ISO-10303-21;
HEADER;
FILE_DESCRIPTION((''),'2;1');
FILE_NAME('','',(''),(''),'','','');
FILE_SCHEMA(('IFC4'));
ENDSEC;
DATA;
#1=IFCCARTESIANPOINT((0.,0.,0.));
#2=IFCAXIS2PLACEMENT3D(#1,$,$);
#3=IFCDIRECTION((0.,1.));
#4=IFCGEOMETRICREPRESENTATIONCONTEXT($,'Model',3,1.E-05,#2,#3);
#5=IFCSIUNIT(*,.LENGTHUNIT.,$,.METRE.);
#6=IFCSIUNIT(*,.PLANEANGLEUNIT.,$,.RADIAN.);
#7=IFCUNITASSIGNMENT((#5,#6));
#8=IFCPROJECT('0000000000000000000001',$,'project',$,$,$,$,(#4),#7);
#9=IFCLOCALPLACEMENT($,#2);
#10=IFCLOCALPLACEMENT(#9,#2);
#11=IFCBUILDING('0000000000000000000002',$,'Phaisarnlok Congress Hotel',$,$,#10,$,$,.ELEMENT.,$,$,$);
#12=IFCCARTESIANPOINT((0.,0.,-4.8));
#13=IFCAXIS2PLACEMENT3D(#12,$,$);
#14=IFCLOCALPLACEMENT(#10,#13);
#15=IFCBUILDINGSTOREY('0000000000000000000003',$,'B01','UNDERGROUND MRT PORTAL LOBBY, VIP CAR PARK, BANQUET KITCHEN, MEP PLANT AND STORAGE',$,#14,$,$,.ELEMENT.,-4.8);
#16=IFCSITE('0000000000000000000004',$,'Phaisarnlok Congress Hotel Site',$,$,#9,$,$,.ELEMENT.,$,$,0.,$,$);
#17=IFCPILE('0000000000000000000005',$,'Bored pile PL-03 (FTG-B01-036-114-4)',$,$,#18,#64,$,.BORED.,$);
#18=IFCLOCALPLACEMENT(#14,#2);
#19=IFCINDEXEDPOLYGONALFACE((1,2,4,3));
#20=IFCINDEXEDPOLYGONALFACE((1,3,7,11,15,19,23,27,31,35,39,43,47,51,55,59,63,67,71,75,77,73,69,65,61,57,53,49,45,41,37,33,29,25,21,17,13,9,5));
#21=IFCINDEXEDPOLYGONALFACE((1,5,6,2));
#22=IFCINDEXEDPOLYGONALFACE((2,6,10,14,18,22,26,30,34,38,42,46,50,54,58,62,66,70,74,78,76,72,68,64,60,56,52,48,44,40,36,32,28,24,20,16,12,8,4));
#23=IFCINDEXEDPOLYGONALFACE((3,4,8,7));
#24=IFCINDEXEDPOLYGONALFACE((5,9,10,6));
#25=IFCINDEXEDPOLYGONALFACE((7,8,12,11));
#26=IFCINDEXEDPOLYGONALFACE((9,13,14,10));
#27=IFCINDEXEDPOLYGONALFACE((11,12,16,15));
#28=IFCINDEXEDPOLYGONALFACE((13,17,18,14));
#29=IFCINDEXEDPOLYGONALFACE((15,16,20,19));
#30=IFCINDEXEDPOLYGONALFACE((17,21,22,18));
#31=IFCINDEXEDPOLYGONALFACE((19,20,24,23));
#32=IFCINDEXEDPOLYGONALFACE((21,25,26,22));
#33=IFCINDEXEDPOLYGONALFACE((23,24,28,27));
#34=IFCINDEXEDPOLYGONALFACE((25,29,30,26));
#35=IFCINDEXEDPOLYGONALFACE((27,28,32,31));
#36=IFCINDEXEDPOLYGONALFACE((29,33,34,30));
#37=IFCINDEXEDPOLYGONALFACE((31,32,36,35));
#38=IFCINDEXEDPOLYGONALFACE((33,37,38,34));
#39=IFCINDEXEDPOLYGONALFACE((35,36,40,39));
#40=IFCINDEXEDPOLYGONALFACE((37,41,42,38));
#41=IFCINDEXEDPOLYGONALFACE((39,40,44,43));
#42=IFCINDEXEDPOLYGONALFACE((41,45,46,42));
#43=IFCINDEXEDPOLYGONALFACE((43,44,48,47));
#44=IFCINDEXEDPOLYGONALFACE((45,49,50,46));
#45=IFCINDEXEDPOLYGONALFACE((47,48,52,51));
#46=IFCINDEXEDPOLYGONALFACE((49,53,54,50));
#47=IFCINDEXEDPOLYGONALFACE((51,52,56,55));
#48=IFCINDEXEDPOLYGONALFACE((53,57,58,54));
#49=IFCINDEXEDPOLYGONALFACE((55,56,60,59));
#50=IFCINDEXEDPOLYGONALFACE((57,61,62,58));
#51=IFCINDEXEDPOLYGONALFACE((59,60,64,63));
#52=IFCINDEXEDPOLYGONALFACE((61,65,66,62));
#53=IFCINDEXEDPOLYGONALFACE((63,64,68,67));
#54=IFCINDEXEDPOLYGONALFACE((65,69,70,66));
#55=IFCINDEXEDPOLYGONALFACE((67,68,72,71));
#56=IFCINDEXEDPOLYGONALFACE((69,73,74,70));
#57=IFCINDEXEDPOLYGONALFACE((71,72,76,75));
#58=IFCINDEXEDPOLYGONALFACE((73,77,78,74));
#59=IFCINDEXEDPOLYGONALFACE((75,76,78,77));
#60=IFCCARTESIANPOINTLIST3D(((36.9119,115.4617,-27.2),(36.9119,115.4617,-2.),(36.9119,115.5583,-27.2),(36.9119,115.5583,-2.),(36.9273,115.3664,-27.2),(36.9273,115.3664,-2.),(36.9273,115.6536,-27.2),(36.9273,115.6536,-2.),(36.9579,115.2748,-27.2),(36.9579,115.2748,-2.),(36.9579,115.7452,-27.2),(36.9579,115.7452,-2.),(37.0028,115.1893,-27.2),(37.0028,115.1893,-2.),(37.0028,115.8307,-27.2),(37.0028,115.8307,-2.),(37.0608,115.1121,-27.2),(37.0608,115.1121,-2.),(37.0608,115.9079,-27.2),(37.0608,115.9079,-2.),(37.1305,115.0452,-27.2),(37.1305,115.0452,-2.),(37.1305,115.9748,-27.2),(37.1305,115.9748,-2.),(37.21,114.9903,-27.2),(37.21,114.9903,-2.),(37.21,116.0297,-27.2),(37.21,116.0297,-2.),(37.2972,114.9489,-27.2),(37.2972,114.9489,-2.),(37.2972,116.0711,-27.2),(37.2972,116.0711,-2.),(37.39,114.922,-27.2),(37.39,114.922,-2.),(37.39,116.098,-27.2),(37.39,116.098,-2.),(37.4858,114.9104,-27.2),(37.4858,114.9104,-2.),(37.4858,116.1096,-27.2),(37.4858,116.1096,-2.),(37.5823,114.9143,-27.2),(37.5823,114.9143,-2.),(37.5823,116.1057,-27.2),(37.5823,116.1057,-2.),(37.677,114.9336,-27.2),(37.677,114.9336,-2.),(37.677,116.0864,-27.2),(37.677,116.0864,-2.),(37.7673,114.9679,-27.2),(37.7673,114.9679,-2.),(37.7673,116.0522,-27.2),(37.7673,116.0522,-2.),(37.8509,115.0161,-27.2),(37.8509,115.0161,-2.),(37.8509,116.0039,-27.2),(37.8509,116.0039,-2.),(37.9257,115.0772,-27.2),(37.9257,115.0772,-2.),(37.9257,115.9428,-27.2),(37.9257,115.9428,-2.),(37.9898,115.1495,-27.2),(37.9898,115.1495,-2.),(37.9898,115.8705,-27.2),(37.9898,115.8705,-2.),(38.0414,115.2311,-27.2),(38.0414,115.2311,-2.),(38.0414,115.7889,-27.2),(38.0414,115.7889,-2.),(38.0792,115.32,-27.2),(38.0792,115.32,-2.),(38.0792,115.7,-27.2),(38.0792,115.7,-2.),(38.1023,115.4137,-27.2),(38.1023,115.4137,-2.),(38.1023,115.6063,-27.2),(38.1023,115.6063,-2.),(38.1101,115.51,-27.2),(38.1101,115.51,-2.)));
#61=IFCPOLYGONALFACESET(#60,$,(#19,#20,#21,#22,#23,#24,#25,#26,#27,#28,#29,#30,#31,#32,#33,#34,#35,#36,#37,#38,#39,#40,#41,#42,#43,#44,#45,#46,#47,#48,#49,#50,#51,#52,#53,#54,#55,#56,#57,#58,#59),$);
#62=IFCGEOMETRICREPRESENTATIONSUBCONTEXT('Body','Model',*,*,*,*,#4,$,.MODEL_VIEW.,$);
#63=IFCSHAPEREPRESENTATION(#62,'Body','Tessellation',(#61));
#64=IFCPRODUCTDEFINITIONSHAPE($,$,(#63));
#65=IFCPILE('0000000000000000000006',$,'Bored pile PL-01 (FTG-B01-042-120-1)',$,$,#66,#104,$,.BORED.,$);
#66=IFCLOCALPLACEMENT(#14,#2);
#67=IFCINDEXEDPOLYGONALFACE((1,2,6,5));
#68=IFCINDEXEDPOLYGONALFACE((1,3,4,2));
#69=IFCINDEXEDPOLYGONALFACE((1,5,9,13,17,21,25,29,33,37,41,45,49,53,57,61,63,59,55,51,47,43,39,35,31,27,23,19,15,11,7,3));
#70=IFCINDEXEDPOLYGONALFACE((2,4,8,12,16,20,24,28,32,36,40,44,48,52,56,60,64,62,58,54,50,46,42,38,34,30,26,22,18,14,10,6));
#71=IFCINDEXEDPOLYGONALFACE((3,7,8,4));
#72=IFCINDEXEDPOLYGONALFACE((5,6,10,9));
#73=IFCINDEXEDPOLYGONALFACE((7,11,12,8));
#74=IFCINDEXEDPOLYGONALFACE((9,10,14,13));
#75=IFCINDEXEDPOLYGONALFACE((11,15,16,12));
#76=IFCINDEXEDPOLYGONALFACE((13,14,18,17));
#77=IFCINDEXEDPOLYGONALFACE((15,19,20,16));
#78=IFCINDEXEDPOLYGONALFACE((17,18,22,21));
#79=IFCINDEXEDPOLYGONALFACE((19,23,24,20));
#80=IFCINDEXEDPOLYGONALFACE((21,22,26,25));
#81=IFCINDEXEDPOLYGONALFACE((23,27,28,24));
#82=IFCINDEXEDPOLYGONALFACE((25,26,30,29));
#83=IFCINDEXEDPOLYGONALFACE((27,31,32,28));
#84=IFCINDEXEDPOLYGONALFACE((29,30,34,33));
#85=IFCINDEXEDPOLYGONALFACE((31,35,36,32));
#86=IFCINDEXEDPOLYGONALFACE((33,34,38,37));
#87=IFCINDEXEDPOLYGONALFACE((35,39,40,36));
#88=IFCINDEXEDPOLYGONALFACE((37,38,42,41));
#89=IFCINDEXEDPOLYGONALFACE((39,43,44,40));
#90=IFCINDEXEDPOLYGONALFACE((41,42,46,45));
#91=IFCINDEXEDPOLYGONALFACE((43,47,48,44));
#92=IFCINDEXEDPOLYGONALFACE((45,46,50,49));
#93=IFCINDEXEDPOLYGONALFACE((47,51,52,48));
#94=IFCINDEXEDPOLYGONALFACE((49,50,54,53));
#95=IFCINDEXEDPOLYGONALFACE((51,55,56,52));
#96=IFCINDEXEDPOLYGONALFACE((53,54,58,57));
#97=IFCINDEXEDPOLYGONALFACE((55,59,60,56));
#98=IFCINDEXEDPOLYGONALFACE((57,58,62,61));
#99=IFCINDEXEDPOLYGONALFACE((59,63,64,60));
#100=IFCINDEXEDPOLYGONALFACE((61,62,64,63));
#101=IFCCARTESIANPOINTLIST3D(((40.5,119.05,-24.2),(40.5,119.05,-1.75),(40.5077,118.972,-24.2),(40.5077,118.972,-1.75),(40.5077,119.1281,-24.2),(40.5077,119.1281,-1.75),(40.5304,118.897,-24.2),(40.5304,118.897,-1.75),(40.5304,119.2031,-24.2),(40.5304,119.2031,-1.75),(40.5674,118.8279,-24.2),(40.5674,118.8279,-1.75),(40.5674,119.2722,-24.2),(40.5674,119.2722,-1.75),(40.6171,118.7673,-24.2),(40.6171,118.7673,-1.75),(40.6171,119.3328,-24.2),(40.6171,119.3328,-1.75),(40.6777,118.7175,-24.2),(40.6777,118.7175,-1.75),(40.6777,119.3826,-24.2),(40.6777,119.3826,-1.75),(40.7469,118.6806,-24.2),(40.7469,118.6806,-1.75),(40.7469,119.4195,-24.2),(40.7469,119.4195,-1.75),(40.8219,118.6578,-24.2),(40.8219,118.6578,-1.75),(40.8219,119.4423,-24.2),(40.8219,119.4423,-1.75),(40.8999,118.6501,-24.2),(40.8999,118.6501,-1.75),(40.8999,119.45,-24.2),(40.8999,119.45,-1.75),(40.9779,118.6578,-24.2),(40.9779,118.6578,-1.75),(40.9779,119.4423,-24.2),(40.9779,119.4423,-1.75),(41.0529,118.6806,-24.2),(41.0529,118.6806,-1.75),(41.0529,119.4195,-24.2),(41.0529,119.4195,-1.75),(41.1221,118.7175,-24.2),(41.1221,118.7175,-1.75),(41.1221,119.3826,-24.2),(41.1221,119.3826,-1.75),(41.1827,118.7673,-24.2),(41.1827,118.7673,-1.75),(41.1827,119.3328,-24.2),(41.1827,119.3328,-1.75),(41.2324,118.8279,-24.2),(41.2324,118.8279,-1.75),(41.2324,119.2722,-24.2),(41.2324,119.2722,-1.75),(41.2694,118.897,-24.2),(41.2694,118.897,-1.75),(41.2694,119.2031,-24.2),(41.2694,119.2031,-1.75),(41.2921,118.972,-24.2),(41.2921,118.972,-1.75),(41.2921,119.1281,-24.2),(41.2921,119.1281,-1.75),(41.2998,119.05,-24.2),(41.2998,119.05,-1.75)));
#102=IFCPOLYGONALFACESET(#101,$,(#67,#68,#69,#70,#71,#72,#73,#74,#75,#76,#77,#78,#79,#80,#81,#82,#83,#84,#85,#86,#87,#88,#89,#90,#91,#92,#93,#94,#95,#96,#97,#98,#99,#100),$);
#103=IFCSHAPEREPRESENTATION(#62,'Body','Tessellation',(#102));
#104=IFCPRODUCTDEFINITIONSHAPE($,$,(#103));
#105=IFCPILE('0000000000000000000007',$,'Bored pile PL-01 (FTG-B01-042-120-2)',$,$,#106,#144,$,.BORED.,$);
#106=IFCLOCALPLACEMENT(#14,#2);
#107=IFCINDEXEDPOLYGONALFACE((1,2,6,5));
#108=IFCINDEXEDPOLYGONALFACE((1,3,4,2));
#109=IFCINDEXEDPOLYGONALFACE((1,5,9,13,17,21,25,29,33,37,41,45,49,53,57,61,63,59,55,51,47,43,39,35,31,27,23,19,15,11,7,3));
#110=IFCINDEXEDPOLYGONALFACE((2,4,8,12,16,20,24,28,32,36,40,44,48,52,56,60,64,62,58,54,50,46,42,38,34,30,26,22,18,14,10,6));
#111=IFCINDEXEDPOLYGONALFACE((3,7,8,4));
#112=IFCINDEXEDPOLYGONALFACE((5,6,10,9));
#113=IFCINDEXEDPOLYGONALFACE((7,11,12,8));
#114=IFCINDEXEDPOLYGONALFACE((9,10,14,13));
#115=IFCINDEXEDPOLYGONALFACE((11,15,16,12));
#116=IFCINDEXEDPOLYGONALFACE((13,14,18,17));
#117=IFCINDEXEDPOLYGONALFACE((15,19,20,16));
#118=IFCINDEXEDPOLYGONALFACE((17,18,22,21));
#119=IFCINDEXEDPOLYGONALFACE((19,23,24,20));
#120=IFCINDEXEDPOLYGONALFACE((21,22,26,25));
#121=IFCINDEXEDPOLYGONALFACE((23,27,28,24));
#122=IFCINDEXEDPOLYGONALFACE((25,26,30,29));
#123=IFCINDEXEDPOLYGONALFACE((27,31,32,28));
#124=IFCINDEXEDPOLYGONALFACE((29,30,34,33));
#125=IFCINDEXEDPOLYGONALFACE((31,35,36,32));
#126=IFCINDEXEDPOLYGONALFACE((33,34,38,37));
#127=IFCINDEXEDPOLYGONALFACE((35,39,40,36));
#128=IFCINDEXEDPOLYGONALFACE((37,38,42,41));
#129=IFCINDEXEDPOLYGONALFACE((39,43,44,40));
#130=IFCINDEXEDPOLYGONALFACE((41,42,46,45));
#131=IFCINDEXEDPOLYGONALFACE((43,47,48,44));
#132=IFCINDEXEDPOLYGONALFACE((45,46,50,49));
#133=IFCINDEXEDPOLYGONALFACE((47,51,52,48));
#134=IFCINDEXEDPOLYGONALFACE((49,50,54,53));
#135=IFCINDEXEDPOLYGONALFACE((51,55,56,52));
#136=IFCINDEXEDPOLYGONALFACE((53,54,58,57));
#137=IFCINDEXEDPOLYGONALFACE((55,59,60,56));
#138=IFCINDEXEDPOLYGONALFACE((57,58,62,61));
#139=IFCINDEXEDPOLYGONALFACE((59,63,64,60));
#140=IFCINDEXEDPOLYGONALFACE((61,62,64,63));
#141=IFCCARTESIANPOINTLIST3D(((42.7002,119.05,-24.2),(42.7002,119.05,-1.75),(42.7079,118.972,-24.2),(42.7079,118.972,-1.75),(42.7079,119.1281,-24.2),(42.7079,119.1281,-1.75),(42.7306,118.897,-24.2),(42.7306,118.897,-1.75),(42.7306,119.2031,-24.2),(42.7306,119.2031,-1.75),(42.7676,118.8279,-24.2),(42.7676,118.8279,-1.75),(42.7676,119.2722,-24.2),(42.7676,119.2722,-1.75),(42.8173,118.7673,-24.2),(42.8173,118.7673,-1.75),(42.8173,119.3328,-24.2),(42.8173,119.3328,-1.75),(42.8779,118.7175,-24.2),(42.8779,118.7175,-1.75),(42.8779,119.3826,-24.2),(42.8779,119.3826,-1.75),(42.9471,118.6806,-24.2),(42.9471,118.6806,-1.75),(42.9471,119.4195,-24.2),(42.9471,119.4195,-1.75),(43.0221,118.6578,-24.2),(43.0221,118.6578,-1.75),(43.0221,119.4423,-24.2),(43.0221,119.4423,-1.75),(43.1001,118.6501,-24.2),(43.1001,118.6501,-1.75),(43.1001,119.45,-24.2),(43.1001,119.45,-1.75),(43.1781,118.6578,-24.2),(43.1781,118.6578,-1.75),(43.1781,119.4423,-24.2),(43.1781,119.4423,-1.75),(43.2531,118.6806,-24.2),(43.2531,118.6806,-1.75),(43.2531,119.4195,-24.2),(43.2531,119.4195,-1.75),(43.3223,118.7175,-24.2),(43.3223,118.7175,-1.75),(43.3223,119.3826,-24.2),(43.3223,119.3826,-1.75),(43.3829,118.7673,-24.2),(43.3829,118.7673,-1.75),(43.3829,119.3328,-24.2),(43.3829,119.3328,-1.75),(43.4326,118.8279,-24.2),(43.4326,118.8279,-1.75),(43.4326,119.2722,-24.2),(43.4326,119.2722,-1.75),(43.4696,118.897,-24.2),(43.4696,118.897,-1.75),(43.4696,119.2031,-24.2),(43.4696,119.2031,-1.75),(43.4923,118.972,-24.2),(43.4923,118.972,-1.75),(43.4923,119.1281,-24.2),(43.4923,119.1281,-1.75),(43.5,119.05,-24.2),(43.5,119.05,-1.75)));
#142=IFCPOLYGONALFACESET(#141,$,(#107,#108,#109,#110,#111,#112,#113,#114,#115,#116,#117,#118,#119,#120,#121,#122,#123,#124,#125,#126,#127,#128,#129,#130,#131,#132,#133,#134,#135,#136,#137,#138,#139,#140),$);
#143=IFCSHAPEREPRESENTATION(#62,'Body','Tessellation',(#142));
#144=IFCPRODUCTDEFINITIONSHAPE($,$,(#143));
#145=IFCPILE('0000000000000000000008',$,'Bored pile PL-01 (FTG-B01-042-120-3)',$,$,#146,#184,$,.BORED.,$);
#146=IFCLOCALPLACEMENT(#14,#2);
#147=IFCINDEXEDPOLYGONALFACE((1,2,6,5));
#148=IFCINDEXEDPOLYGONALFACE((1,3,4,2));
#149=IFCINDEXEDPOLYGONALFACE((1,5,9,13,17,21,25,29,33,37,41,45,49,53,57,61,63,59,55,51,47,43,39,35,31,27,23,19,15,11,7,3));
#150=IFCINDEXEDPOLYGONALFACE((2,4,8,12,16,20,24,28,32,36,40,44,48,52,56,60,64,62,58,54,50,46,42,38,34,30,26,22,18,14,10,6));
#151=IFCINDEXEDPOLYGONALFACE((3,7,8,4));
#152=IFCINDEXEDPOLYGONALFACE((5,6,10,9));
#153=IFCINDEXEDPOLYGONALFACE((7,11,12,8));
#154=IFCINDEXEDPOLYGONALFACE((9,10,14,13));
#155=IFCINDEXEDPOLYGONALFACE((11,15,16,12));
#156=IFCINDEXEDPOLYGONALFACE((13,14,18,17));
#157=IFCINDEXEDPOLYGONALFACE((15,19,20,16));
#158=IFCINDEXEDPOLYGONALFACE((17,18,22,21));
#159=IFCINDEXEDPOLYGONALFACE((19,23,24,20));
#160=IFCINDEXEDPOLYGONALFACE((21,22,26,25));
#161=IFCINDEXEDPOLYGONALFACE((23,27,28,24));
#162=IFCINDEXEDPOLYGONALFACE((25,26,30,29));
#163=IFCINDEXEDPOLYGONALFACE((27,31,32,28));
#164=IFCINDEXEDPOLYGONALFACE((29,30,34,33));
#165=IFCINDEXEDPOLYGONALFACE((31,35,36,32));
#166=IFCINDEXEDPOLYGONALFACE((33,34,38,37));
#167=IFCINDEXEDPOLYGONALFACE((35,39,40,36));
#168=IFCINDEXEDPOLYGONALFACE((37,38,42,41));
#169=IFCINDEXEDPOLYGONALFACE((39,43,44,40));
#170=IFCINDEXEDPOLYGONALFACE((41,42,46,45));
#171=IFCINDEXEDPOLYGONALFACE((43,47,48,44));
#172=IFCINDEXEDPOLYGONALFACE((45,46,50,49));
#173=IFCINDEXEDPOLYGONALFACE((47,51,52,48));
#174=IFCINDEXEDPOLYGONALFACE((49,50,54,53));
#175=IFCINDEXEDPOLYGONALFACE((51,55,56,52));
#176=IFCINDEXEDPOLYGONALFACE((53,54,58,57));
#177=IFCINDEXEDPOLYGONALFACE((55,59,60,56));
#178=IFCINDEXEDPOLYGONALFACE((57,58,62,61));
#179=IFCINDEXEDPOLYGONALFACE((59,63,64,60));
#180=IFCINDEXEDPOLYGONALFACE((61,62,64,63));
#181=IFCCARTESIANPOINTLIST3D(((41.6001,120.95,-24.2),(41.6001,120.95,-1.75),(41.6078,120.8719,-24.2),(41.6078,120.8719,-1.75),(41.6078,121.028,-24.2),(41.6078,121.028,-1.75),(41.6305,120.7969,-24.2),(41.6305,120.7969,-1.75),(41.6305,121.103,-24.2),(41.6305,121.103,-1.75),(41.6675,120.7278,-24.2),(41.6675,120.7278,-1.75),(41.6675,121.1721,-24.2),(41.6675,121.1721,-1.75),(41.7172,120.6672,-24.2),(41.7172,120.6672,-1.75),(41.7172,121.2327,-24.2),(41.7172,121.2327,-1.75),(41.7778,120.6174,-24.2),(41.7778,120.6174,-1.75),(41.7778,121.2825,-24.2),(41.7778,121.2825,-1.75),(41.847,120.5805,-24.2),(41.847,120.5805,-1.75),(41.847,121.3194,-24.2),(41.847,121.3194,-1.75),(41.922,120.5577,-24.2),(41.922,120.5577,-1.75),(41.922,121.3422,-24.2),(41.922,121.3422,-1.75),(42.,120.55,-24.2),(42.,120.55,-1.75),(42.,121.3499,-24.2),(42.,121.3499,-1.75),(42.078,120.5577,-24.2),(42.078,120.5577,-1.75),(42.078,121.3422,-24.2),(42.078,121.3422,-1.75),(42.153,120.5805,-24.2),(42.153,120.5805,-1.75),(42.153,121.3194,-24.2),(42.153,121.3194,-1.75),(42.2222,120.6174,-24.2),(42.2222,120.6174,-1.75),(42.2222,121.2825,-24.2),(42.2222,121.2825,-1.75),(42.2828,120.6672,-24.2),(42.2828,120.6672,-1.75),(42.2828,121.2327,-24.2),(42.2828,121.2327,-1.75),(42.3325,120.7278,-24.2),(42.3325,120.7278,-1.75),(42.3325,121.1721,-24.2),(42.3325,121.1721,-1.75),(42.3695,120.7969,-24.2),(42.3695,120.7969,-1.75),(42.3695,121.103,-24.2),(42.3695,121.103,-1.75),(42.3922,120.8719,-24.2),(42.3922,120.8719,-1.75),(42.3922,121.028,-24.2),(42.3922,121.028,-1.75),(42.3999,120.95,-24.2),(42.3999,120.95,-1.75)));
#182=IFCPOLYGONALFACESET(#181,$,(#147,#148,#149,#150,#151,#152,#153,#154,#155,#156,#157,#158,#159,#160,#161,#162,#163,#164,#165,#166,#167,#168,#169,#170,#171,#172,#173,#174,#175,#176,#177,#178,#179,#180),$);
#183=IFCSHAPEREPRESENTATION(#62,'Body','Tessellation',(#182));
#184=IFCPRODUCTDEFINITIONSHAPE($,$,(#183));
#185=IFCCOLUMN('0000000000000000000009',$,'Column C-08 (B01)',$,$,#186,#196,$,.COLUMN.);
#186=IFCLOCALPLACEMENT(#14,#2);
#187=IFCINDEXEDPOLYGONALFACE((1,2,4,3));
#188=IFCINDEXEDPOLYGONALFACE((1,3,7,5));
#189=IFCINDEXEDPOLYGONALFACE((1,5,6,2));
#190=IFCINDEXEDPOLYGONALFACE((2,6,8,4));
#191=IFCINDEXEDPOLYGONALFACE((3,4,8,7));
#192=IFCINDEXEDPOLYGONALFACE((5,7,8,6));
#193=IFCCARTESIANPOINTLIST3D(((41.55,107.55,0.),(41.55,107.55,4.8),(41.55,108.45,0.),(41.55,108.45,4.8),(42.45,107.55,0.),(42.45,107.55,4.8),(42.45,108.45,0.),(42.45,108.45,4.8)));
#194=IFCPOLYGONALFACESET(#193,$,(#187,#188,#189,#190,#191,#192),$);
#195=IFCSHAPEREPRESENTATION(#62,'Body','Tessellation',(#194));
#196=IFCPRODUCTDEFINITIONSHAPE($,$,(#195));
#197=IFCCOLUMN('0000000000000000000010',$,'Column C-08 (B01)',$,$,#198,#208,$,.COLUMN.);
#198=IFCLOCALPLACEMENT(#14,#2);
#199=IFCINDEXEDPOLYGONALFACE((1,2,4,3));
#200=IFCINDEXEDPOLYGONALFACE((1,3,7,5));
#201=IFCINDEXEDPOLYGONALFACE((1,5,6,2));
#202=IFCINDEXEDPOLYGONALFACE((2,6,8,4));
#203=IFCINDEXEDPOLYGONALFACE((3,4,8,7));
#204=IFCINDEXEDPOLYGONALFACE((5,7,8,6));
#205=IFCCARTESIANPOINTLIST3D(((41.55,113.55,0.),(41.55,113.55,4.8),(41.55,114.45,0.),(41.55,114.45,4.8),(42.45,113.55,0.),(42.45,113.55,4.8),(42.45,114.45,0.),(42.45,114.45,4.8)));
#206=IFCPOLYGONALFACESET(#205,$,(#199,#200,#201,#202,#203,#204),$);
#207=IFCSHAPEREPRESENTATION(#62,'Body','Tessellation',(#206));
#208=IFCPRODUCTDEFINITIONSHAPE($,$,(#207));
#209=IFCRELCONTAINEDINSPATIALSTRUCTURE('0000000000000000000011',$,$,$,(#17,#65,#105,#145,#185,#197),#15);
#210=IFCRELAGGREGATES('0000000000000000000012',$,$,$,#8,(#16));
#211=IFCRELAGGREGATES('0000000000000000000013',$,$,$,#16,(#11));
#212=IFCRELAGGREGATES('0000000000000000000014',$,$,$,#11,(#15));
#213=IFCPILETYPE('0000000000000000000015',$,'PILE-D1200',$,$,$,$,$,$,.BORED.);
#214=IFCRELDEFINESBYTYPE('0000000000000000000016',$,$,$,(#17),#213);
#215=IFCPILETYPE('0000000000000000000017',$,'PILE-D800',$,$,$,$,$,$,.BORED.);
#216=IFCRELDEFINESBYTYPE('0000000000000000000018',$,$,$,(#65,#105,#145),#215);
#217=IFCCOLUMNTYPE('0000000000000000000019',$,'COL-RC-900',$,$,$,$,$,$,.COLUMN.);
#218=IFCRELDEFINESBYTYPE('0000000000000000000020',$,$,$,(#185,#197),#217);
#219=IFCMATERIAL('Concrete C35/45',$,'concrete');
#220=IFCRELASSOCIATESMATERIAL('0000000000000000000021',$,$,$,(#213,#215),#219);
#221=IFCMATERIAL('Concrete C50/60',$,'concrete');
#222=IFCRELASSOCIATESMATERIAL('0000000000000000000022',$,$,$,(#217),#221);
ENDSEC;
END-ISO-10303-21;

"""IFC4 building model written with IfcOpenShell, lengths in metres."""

from ifc_helpers import new_model, si_unit, direction, frame, origin, origin_2d, place, context, subcontext, project, spatial, rectangle, circle, extrude, material, material_profile, profile_set, type_object, element, save


model = new_model("IFC4")

# Units and contexts
model_context = context("Model", 3, precision=1e-05, world=origin(), true_north=direction((0.0, 1.0)))
body_context = subcontext(model_context, "Body", "Model", "MODEL_VIEW")
ifc_project = project(units=[si_unit("LENGTHUNIT", "METRE"), si_unit("PLANEANGLEUNIT", "RADIAN")], contexts=[model_context])

# Site, building, storey
site_placement = place(None, origin())
site = spatial("IfcSite", under=ifc_project, at=site_placement, Name="Phaisarnlok Congress Hotel Site", CompositionType="ELEMENT", RefElevation=0.0)
building_placement = place(site_placement, origin())
building = spatial("IfcBuilding", under=site, at=building_placement, Name="Phaisarnlok Congress Hotel", CompositionType="ELEMENT")
storey_placement = place(building_placement, frame((0.0, 0.0, -4.8)))
storey = spatial("IfcBuildingStorey", under=building, at=storey_placement, Name="B01", Description="UNDERGROUND MRT PORTAL LOBBY, VIP CAR PARK, BANQUET KITCHEN, MEP PLANT AND STORAGE", CompositionType="ELEMENT", Elevation=-4.8)

# Piles
ifc_material_1 = material(Name="Concrete C35/45", Category="concrete")
ifc_material_profile_1 = material_profile(ifc_material_1, circle(Radius=0.6001, at=origin_2d()), Name="BORED PILE D1200")
ifc_profile_set_1 = profile_set([ifc_material_profile_1], Name="Concrete C35/45")
pile_type_1 = type_object("IfcPileType", Name="PILE-D1200", PredefinedType="BORED", material=ifc_profile_set_1)
pile_1_placement = place(storey_placement, frame((37.51, 115.51, -2.0), z_axis=(0.0, 0.0, -1.0), x_axis=(1.0, 0.0, 0.0)))
element("IfcPile", 1, at=pile_1_placement, inside=storey, type_object=pile_type_1, Name="Bored pile PL-03 (FTG-B01-036-114-4)", PredefinedType="BORED", context=body_context, shape_type="SweptSolid", body=[
    extrude(circle(Radius=0.6001, at=origin_2d()), origin(), (0.0, 0.0, 1.0), 25.2),
])
ifc_material_profile_2 = material_profile(ifc_material_1, circle(Radius=0.3999, at=origin_2d()), Name="BORED PILE D800")
ifc_profile_set_2 = profile_set([ifc_material_profile_2], Name="Concrete C35/45")
pile_type_2 = type_object("IfcPileType", Name="PILE-D800", PredefinedType="BORED", material=ifc_profile_set_2)
for number, where, z_axis, x_axis, name in (
    (2, (40.8999, 119.05, -1.75), (0.0, 0.0, -1.0), (1.0, 0.0, 0.0), "Bored pile PL-01 (FTG-B01-042-120-1)"),
    (3, (43.1001, 119.05, -1.75), (0.0, 0.0, -1.0), (1.0, 0.0, 0.0), "Bored pile PL-01 (FTG-B01-042-120-2)"),
    (4, (42.0, 120.95, -1.75), (0.0, 0.0, -1.0), (1.0, 0.0, 0.0), "Bored pile PL-01 (FTG-B01-042-120-3)"),
):
    element("IfcPile", number, at=place(storey_placement, frame(where, z_axis=z_axis, x_axis=x_axis)), inside=storey, type_object=pile_type_2, Name=name, PredefinedType="BORED", context=body_context, shape_type="SweptSolid", body=[
        extrude(circle(Radius=0.3999, at=origin_2d()), origin(), (0.0, 0.0, 1.0), 22.45),
    ])

# Columns
ifc_material_2 = material(Name="Concrete C50/60", Category="concrete")
ifc_material_profile_3 = material_profile(ifc_material_2, rectangle(XDim=0.8999, YDim=0.8999, at=origin_2d()), Name="RC 900x900")
ifc_profile_set_3 = profile_set([ifc_material_profile_3], Name="Concrete C50/60")
column_type = type_object("IfcColumnType", Name="COL-RC-900", PredefinedType="COLUMN", material=ifc_profile_set_3)
for number, where, z_axis, x_axis, name in (
    (5, (42.0, 108.0, 0.0), (0.0, 0.0, 1.0), (1.0, 0.0, 0.0), "Column C-08 (B01)"),
    (6, (42.0, 114.0, 0.0), (0.0, 0.0, 1.0), (1.0, 0.0, 0.0), "Column C-08 (B01)"),
):
    element("IfcColumn", number, at=place(storey_placement, frame(where, z_axis=z_axis, x_axis=x_axis)), inside=storey, type_object=column_type, Name=name, PredefinedType="COLUMN", context=body_context, shape_type="SweptSolid", body=[
        extrude(rectangle(XDim=0.8999, YDim=0.8999, at=origin_2d()), origin(), (0.0, 0.0, 1.0), 4.8),
    ])

save(model, "model.ifc")
